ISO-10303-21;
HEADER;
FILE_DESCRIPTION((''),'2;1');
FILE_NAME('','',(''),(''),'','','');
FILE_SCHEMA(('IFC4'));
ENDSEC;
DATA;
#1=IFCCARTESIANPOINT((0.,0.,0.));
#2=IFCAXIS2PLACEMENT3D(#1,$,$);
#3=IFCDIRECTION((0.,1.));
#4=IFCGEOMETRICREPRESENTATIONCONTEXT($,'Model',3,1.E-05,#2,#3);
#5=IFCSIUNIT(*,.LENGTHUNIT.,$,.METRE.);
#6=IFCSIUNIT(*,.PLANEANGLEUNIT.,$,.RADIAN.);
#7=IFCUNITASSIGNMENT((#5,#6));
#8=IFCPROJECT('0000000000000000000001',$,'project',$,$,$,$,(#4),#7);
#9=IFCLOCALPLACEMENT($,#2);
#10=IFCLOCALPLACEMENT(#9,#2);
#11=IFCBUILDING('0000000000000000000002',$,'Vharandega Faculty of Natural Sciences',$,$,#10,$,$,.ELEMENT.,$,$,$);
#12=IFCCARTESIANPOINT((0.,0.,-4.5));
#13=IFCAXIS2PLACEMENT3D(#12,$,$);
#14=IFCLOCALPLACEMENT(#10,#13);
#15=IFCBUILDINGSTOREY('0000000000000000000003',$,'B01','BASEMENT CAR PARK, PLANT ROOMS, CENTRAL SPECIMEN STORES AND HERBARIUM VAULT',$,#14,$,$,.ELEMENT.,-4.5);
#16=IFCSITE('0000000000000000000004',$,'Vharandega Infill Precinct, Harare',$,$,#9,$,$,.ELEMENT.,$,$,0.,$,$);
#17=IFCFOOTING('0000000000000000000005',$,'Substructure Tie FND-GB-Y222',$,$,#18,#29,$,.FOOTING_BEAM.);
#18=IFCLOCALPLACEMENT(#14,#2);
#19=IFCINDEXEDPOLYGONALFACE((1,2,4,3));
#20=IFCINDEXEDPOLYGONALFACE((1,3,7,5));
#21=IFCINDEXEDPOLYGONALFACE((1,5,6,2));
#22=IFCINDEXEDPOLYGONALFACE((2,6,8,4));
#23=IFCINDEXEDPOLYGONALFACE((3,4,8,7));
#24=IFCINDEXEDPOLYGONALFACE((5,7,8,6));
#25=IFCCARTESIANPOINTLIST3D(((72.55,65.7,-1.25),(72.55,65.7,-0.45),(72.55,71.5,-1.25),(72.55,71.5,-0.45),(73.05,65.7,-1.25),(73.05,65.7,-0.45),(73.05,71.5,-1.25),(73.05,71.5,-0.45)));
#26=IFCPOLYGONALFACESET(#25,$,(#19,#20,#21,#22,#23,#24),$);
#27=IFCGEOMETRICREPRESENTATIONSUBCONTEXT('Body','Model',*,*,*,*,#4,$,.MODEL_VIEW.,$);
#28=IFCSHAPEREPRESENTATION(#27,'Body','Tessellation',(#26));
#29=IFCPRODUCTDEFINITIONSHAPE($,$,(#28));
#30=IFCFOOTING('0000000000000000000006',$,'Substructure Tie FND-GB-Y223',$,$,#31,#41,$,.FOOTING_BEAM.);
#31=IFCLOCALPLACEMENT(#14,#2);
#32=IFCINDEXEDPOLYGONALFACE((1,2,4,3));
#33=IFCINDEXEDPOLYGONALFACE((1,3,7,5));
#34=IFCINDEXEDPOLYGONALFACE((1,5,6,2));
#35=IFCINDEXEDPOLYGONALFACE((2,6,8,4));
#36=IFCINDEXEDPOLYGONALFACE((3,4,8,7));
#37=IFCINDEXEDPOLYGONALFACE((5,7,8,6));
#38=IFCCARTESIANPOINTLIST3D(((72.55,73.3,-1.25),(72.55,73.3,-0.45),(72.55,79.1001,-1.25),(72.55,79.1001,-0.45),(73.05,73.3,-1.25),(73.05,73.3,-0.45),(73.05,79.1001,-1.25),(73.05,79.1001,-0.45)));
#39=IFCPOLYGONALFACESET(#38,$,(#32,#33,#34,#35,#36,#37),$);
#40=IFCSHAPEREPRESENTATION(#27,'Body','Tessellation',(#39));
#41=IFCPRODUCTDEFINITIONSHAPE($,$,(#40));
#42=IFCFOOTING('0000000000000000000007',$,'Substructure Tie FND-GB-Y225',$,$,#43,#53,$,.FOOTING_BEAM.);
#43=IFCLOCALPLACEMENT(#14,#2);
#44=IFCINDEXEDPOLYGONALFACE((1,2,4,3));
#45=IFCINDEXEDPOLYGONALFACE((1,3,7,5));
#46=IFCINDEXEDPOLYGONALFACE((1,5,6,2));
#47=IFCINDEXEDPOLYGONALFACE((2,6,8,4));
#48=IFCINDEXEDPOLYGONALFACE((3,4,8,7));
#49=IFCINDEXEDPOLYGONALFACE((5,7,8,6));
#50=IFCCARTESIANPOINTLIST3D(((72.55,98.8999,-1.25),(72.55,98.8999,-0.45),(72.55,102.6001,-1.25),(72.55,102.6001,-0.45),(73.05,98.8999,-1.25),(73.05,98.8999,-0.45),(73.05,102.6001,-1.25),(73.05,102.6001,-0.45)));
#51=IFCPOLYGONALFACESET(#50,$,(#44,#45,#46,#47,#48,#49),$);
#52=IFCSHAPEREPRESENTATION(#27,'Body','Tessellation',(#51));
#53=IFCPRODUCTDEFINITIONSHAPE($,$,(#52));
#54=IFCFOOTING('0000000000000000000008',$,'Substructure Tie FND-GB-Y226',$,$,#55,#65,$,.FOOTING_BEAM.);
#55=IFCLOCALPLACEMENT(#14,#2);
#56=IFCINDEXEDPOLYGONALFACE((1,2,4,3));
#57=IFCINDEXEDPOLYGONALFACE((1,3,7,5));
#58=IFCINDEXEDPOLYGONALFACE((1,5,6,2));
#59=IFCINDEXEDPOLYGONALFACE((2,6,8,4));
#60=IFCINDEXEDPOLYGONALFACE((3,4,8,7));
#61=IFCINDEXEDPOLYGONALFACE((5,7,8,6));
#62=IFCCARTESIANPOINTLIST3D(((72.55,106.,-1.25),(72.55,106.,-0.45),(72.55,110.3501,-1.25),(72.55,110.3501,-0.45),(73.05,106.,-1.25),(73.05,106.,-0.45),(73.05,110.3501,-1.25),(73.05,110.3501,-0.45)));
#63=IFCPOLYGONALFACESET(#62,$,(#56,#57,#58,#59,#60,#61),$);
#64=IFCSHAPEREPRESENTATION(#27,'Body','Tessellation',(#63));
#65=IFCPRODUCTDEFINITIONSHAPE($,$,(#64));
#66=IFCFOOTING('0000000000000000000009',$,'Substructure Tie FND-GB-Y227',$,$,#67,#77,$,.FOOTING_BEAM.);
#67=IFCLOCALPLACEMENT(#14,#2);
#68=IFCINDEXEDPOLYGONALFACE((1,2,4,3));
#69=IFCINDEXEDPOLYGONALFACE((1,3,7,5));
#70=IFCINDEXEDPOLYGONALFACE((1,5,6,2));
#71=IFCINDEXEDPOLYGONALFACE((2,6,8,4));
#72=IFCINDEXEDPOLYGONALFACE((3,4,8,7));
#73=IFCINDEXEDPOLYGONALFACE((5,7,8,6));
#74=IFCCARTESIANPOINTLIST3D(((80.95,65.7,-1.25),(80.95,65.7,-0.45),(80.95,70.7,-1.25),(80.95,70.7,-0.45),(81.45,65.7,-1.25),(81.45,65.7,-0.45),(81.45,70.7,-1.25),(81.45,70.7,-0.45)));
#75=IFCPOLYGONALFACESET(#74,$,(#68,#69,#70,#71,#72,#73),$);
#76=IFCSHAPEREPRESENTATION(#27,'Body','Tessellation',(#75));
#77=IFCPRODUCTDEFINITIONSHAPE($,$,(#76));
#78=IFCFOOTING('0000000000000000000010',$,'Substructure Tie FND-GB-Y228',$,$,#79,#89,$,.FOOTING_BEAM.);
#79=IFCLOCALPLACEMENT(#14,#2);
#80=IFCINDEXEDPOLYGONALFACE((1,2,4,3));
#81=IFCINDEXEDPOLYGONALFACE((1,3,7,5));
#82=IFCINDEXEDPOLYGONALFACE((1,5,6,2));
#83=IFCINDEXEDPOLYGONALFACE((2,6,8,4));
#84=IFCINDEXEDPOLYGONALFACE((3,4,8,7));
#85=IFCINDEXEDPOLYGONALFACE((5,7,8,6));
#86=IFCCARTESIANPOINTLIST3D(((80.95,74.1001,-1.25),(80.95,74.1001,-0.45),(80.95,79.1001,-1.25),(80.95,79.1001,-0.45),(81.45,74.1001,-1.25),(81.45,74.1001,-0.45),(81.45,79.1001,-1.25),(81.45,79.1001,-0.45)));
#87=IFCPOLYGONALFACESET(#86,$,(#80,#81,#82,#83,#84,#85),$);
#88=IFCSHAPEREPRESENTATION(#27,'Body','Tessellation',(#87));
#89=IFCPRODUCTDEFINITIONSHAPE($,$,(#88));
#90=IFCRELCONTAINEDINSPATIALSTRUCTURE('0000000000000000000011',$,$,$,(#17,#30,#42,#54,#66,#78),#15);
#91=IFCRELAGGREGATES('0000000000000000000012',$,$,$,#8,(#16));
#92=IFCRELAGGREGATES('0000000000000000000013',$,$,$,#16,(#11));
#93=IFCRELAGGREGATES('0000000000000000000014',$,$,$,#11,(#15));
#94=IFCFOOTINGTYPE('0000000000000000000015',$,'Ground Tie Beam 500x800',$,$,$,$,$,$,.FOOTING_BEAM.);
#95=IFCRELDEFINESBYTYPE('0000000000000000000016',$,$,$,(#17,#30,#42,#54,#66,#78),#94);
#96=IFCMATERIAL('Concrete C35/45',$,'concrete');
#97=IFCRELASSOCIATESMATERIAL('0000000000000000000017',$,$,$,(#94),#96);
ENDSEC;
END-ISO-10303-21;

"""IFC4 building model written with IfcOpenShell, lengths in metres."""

from ifc_helpers import new_model, si_unit, direction, frame, origin, place, context, subcontext, project, spatial, polyline, outline, extrude, material, type_object, element, save


model = new_model("IFC4")

# Units and contexts
model_context = context("Model", 3, precision=1e-05, world=origin(), true_north=direction((0.0, 1.0)))
body_context = subcontext(model_context, "Body", "Model", "MODEL_VIEW")
ifc_project = project(units=[si_unit("LENGTHUNIT", "METRE"), si_unit("PLANEANGLEUNIT", "RADIAN")], contexts=[model_context])

# Site, building, storey
site_placement = place(None, origin())
site = spatial("IfcSite", under=ifc_project, at=site_placement, Name="Vharandega Infill Precinct, Harare", CompositionType="ELEMENT", RefElevation=0.0)
building_placement = place(site_placement, origin())
building = spatial("IfcBuilding", under=site, at=building_placement, Name="Vharandega Faculty of Natural Sciences", CompositionType="ELEMENT")
storey_placement = place(building_placement, frame((0.0, 0.0, -4.5)))
storey = spatial("IfcBuildingStorey", under=building, at=storey_placement, Name="B01", Description="BASEMENT CAR PARK, PLANT ROOMS, CENTRAL SPECIMEN STORES AND HERBARIUM VAULT", CompositionType="ELEMENT", Elevation=-4.5)

# Footings
ifc_material = material(Name="Concrete C35/45", Category="concrete")
footing_type = type_object("IfcFootingType", Name="Ground Tie Beam 500x800", PredefinedType="FOOTING_BEAM", material=ifc_material)
footing_1_placement = place(storey_placement, frame((0.0, 0.0, -1.25)))
element("IfcFooting", 1, at=footing_1_placement, inside=storey, type_object=footing_type, Name="Substructure Tie FND-GB-Y222", PredefinedType="FOOTING_BEAM", context=body_context, shape_type="SweptSolid", body=[
    extrude(outline(polyline([(72.55, 65.7), (73.05, 65.7), (73.05, 71.5), (72.55, 71.5), (72.55, 65.7)])), origin(), (0.0, 0.0, 1.0), 0.8),
])
footing_2_placement = place(storey_placement, frame((0.0, 0.0, -1.25)))
element("IfcFooting", 2, at=footing_2_placement, inside=storey, type_object=footing_type, Name="Substructure Tie FND-GB-Y223", PredefinedType="FOOTING_BEAM", context=body_context, shape_type="SweptSolid", body=[
    extrude(outline(polyline([(72.55, 73.3), (73.05, 73.3), (73.05, 79.1001), (72.55, 79.1001), (72.55, 73.3)])), origin(), (0.0, 0.0, 1.0), 0.8),
])
footing_3_placement = place(storey_placement, frame((0.0, 0.0, -1.25)))
element("IfcFooting", 3, at=footing_3_placement, inside=storey, type_object=footing_type, Name="Substructure Tie FND-GB-Y225", PredefinedType="FOOTING_BEAM", context=body_context, shape_type="SweptSolid", body=[
    extrude(outline(polyline([(72.55, 98.8999), (73.05, 98.8999), (73.05, 102.6001), (72.55, 102.6001), (72.55, 98.8999)])), origin(), (0.0, 0.0, 1.0), 0.8),
])
footing_4_placement = place(storey_placement, frame((0.0, 0.0, -1.25)))
element("IfcFooting", 4, at=footing_4_placement, inside=storey, type_object=footing_type, Name="Substructure Tie FND-GB-Y226", PredefinedType="FOOTING_BEAM", context=body_context, shape_type="SweptSolid", body=[
    extrude(outline(polyline([(72.55, 106.0), (73.05, 106.0), (73.05, 110.3501), (72.55, 110.3501), (72.55, 106.0)])), origin(), (0.0, 0.0, 1.0), 0.8),
])
footing_5_placement = place(storey_placement, frame((0.0, 0.0, -1.25)))
element("IfcFooting", 5, at=footing_5_placement, inside=storey, type_object=footing_type, Name="Substructure Tie FND-GB-Y227", PredefinedType="FOOTING_BEAM", context=body_context, shape_type="SweptSolid", body=[
    extrude(outline(polyline([(80.95, 65.7), (81.45, 65.7), (81.45, 70.7), (80.95, 70.7), (80.95, 65.7)])), origin(), (0.0, 0.0, 1.0), 0.8),
])
footing_6_placement = place(storey_placement, frame((0.0, 0.0, -1.25)))
element("IfcFooting", 6, at=footing_6_placement, inside=storey, type_object=footing_type, Name="Substructure Tie FND-GB-Y228", PredefinedType="FOOTING_BEAM", context=body_context, shape_type="SweptSolid", body=[
    extrude(outline(polyline([(80.95, 74.1001), (81.45, 74.1001), (81.45, 79.1001), (80.95, 79.1001), (80.95, 74.1001)])), origin(), (0.0, 0.0, 1.0), 0.8),
])

save(model, "model.ifc")
